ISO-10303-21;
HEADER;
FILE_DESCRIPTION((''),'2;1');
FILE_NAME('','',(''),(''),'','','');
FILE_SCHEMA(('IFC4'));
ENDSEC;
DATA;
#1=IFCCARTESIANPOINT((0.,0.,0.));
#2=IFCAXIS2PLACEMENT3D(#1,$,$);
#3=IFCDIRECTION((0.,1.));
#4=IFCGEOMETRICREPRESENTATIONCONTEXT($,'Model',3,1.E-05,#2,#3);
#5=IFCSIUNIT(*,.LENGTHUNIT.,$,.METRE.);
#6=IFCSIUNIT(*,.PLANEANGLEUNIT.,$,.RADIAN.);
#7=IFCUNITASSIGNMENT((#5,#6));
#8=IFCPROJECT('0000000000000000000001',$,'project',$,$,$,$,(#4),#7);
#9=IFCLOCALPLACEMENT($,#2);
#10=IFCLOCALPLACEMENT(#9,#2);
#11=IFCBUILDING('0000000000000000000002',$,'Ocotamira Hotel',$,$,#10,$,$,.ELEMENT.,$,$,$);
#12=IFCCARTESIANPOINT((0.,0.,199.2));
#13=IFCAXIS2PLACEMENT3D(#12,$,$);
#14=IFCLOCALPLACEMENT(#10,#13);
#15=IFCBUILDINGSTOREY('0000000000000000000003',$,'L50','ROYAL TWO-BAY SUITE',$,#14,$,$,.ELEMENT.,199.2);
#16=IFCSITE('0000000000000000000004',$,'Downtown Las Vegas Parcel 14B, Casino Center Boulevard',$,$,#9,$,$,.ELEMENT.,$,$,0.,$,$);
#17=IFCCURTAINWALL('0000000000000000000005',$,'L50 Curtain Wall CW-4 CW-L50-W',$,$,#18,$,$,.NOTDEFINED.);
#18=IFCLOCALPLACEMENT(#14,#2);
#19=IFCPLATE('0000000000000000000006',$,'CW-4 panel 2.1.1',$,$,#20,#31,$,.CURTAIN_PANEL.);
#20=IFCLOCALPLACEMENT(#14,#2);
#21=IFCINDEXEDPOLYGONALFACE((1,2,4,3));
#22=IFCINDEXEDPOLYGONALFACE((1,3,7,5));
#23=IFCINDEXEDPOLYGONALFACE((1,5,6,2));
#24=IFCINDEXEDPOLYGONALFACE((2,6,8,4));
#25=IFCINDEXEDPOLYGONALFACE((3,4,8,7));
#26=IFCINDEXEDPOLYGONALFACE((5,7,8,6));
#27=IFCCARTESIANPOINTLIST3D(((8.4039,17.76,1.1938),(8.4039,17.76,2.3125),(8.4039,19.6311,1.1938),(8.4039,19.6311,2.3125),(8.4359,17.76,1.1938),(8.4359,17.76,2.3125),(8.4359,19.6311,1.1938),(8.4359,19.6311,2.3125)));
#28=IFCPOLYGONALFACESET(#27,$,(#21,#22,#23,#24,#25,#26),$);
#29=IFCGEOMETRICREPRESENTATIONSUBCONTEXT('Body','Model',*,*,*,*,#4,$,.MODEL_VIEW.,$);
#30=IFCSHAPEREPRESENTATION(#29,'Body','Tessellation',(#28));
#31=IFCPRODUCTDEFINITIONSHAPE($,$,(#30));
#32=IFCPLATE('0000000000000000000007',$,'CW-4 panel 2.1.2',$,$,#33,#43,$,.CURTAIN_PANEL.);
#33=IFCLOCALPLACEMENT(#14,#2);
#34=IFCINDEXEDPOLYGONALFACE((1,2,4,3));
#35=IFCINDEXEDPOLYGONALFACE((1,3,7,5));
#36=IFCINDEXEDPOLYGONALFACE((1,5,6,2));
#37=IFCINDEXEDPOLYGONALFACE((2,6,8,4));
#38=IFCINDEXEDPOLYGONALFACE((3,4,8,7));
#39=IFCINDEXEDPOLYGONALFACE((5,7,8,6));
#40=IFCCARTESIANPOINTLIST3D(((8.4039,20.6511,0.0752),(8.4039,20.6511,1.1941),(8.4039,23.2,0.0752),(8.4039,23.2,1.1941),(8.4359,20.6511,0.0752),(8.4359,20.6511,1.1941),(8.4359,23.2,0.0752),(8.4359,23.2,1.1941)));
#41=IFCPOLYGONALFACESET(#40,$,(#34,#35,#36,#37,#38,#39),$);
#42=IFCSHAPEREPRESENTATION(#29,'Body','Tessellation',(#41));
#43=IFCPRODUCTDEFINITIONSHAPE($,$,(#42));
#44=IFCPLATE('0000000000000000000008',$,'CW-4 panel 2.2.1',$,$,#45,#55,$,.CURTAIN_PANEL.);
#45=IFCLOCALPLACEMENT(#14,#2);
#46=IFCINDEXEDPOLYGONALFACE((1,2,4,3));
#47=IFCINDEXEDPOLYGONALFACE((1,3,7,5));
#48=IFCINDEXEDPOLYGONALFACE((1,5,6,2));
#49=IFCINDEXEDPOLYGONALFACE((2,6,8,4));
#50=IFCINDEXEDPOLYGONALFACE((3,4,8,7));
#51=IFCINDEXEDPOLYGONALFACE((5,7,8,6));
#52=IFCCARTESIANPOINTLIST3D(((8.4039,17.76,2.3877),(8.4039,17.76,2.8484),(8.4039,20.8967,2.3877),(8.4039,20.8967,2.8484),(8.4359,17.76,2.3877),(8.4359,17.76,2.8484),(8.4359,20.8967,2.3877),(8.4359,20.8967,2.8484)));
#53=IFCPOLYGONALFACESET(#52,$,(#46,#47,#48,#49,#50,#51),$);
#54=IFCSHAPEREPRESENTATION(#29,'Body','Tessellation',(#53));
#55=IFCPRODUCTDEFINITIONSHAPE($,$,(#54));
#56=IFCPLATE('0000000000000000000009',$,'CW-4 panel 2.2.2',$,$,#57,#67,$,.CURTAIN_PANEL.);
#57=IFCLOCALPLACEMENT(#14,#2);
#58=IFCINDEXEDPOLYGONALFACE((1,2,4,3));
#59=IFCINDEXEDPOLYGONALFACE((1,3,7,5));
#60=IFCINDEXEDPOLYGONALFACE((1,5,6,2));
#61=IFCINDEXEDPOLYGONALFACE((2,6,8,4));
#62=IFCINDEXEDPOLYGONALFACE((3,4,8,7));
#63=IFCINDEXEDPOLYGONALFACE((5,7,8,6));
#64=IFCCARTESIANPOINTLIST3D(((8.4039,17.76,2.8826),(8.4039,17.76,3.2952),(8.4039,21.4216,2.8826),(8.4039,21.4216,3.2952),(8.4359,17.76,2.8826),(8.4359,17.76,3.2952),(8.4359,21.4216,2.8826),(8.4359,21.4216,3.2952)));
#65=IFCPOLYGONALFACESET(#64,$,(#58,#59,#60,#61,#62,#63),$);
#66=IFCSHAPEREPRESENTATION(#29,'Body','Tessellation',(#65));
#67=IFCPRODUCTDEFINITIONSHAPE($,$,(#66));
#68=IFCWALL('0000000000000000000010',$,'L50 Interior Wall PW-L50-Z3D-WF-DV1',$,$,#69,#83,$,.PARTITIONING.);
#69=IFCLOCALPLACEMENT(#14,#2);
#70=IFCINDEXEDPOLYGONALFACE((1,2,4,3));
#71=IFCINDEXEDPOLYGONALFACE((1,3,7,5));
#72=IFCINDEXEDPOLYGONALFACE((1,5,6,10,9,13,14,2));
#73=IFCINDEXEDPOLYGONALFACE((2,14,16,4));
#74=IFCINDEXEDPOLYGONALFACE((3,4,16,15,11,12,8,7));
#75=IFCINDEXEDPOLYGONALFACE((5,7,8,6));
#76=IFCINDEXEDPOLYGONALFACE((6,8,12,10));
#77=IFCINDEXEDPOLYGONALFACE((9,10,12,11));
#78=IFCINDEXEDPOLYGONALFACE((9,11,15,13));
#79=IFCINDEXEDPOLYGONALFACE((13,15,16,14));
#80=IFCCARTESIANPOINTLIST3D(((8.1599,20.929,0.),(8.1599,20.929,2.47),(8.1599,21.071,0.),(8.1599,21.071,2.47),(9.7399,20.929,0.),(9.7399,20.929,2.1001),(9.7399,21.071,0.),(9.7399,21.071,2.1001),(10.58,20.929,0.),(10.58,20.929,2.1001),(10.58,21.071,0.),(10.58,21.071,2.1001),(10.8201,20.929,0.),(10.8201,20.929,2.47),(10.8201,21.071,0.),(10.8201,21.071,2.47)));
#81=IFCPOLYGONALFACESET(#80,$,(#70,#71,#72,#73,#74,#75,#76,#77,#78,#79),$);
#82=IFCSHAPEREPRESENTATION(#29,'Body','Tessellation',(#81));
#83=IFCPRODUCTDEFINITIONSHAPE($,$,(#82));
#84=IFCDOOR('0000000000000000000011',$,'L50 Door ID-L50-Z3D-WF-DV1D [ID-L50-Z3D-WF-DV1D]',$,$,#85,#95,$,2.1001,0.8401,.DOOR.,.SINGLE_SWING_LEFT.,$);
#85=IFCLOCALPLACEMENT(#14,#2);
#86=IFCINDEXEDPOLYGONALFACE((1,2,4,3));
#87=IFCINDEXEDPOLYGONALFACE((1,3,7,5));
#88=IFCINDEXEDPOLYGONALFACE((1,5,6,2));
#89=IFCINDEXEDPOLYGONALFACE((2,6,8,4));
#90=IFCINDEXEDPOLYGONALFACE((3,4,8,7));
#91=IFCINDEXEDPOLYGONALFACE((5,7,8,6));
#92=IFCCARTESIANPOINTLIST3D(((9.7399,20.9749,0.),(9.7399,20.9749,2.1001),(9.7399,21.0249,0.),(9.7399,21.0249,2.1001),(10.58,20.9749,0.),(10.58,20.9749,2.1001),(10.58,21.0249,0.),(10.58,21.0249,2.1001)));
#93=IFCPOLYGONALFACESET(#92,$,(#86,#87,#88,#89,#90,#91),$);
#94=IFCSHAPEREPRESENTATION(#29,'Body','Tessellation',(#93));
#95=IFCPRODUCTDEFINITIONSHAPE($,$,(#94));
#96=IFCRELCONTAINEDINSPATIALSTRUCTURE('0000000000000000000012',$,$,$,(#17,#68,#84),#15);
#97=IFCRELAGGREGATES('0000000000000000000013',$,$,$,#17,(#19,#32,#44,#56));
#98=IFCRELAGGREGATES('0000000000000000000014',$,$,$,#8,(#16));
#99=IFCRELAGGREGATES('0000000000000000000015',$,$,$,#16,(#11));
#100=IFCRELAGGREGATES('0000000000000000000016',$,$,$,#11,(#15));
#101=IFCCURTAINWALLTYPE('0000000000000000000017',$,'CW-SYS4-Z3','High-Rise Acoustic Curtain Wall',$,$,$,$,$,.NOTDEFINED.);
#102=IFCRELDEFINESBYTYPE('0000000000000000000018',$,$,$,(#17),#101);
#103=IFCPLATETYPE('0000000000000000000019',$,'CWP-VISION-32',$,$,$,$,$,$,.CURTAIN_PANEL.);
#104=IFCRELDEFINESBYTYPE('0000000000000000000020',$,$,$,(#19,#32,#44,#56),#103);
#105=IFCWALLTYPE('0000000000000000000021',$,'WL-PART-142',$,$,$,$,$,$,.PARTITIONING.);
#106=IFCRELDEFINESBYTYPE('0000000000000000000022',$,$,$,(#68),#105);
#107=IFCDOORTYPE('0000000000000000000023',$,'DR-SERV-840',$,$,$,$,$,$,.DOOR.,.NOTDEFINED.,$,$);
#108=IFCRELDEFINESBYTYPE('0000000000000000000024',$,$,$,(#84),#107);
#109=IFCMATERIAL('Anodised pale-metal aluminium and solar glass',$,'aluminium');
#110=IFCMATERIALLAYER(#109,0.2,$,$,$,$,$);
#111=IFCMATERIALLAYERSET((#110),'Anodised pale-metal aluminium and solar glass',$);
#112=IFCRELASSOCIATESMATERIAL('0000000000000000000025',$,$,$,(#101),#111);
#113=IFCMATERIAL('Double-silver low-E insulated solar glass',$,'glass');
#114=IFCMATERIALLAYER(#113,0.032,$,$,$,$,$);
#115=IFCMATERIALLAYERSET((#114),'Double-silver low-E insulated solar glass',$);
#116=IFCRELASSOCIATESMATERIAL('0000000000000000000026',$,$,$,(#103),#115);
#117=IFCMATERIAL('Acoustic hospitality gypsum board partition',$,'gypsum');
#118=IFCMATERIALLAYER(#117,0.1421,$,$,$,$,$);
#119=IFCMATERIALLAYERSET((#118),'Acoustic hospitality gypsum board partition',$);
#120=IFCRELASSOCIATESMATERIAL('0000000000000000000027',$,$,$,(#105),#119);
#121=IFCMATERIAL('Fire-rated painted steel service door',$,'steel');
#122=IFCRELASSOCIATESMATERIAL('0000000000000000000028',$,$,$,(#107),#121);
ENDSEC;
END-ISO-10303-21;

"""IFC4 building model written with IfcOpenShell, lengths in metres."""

from ifc_helpers import new_model, si_unit, direction, frame, frame_2d, origin, origin_2d, place, context, subcontext, project, spatial, rectangle, extrude, source, transform, mapped, material, layer, layer_set, type_object, element, fill, aggregate, save


model = new_model("IFC4")

# Units and contexts
model_context = context("Model", 3, precision=1e-05, world=origin(), true_north=direction((0.0, 1.0)))
body_context = subcontext(model_context, "Body", "Model", "MODEL_VIEW")
ifc_project = project(units=[si_unit("LENGTHUNIT", "METRE"), si_unit("PLANEANGLEUNIT", "RADIAN")], contexts=[model_context])

# Site, building, storey
site_placement = place(None, origin())
site = spatial("IfcSite", under=ifc_project, at=site_placement, Name="Downtown Las Vegas Parcel 14B, Casino Center Boulevard", CompositionType="ELEMENT", RefElevation=0.0)
building_placement = place(site_placement, origin())
building = spatial("IfcBuilding", under=site, at=building_placement, Name="Ocotamira Hotel", CompositionType="ELEMENT")
storey_placement = place(building_placement, frame((0.0, 0.0, 199.2)))
storey = spatial("IfcBuildingStorey", under=building, at=storey_placement, Name="L50", Description="ROYAL TWO-BAY SUITE", CompositionType="ELEMENT", Elevation=199.2)

# Curtain wall
ifc_material_1 = material(Name="Anodised pale-metal aluminium and solar glass", Category="aluminium")
ifc_layer_1 = layer(ifc_material_1, 0.2)
ifc_layer_set_1 = layer_set([ifc_layer_1], Name="Anodised pale-metal aluminium and solar glass")
curtain_wall_type = type_object("IfcCurtainWallType", Name="CW-SYS4-Z3", Description="High-Rise Acoustic Curtain Wall", PredefinedType="NOTDEFINED", material=ifc_layer_set_1)
curtain_wall_placement = place(storey_placement, origin())
curtain_wall = element("IfcCurtainWall", 1, at=curtain_wall_placement, inside=storey, type_object=curtain_wall_type, Name="L50 Curtain Wall CW-4 CW-L50-W", PredefinedType="NOTDEFINED")

# Plates
ifc_material_2 = material(Name="Double-silver low-E insulated solar glass", Category="glass")
ifc_layer_2 = layer(ifc_material_2, 0.032)
ifc_layer_set_2 = layer_set([ifc_layer_2], Name="Double-silver low-E insulated solar glass")
plate_type_1 = type_object("IfcPlateType", Name="CWP-VISION-32", PredefinedType="CURTAIN_PANEL", material=ifc_layer_set_2)
shared_shape_1 = source(origin(), body_context, "Body", "SweptSolid", [
    extrude(rectangle(XDim=1.8711, YDim=0.032, at=origin_2d()), origin(), (0.0, 0.0, 1.0), 1.1187),
])
plate_1_placement = place(storey_placement, frame((8.4199, 18.6956, 1.1938), z_axis=(0.0, 0.0, 1.0), x_axis=(0.0, 1.0, 0.0)))
plate_1 = element("IfcPlate", 2, at=plate_1_placement, type_object=plate_type_1, Name="CW-4 panel 2.1.1", PredefinedType="CURTAIN_PANEL", context=body_context, shape_type="MappedRepresentation", body=[
    mapped(shared_shape_1, transform((0.0, 0.0, 0.0), scale=1.0)),
])
shared_shape_2 = source(origin(), body_context, "Body", "SweptSolid", [
    extrude(rectangle(XDim=2.5488, YDim=0.032, at=origin_2d()), origin(), (0.0, 0.0, 1.0), 1.1189),
])
plate_2_placement = place(storey_placement, frame((8.4199, 21.9255, 0.0752), z_axis=(0.0, 0.0, 1.0), x_axis=(0.0, 1.0, 0.0)))
plate_2 = element("IfcPlate", 3, at=plate_2_placement, type_object=plate_type_1, Name="CW-4 panel 2.1.2", PredefinedType="CURTAIN_PANEL", context=body_context, shape_type="MappedRepresentation", body=[
    mapped(shared_shape_2, transform((0.0, 0.0, 0.0), scale=1.0)),
])
shared_shape_3 = source(origin(), body_context, "Body", "SweptSolid", [
    extrude(rectangle(XDim=3.1367, YDim=0.032, at=origin_2d()), origin(), (0.0, 0.0, 1.0), 0.4607),
])
plate_3_placement = place(storey_placement, frame((8.4199, 19.3284, 2.3877), z_axis=(0.0, 0.0, 1.0), x_axis=(0.0, 1.0, 0.0)))
plate_3 = element("IfcPlate", 4, at=plate_3_placement, type_object=plate_type_1, Name="CW-4 panel 2.2.1", PredefinedType="CURTAIN_PANEL", context=body_context, shape_type="MappedRepresentation", body=[
    mapped(shared_shape_3, transform((0.0, 0.0, 0.0), scale=1.0)),
])
shared_shape_4 = source(origin(), body_context, "Body", "SweptSolid", [
    extrude(rectangle(XDim=3.6616, YDim=0.032, at=origin_2d()), origin(), (0.0, 0.0, 1.0), 0.4126),
])
plate_4_placement = place(storey_placement, frame((8.4199, 19.5908, 2.8826), z_axis=(0.0, 0.0, 1.0), x_axis=(0.0, 1.0, 0.0)))
plate_4 = element("IfcPlate", 5, at=plate_4_placement, type_object=plate_type_1, Name="CW-4 panel 2.2.2", PredefinedType="CURTAIN_PANEL", context=body_context, shape_type="MappedRepresentation", body=[
    mapped(shared_shape_4, transform((0.0, 0.0, 0.0), scale=1.0)),
])
aggregate(curtain_wall, [plate_1, plate_2, plate_3, plate_4])

# Wall, opening, door
ifc_material_3 = material(Name="Acoustic hospitality gypsum board partition", Category="gypsum")
ifc_layer_3 = layer(ifc_material_3, 0.1421)
ifc_layer_set_3 = layer_set([ifc_layer_3], Name="Acoustic hospitality gypsum board partition")
wall_type_1 = type_object("IfcWallType", Name="WL-PART-142", PredefinedType="PARTITIONING", material=ifc_layer_set_3)
wall_1_placement = place(storey_placement, frame((8.1599, 21.0, 0.0), z_axis=(0.0, 0.0, 1.0), x_axis=(1.0, 0.0, 0.0)))
wall_1 = element("IfcWall", 6, at=wall_1_placement, inside=storey, type_object=wall_type_1, Name="L50 Interior Wall PW-L50-Z3D-WF-DV1", PredefinedType="PARTITIONING", context=body_context, shape_type="SweptSolid", body=[
    extrude(rectangle(XDim=2.6602, YDim=0.1421, at=frame_2d((1.3301, 0.0))), origin(), (0.0, 0.0, 1.0), 2.47),
])
opening_1_placement = place(wall_1_placement, frame((1.5801, 0.0, 0.0)))
opening_1 = element("IfcOpeningElement", 7, at=opening_1_placement, cuts=wall_1, PredefinedType="OPENING", context=body_context, shape_type="SweptSolid", body=[
    extrude(rectangle(XDim=0.8401, YDim=2.1001, at=frame_2d((0.4199, 1.05))), frame((0.0, 0.0811, 0.0), z_axis=(0.0, -1.0, 0.0), x_axis=(1.0, 0.0, 0.0)), (0.0, 0.0, 1.0), 0.1621),
])
ifc_material_4 = material(Name="Fire-rated painted steel service door", Category="steel")
door_type_1 = type_object("IfcDoorType", Name="DR-SERV-840", OperationType="NOTDEFINED", PredefinedType="DOOR", material=ifc_material_4)
shared_shape_5 = source(origin(), body_context, "Body", "SweptSolid", [
    extrude(rectangle(XDim=0.8401, YDim=2.1001, at=frame_2d((0.4199, 1.05))), frame((0.0, 0.0249, 0.0), z_axis=(0.0, -1.0, 0.0), x_axis=(1.0, 0.0, 0.0)), (0.0, 0.0, 1.0), 0.05),
])
door_1_placement = place(opening_1_placement, origin())
door_1 = element("IfcDoor", 8, at=door_1_placement, inside=storey, type_object=door_type_1, Name="L50 Door ID-L50-Z3D-WF-DV1D [ID-L50-Z3D-WF-DV1D]", OperationType="SINGLE_SWING_LEFT", OverallHeight=2.1001, OverallWidth=0.8401, PredefinedType="DOOR", context=body_context, shape_type="MappedRepresentation", body=[
    mapped(shared_shape_5, transform((0.0, 0.0, 0.0), scale=1.0)),
])
fill(opening_1, door_1)

save(model, "model.ifc")
